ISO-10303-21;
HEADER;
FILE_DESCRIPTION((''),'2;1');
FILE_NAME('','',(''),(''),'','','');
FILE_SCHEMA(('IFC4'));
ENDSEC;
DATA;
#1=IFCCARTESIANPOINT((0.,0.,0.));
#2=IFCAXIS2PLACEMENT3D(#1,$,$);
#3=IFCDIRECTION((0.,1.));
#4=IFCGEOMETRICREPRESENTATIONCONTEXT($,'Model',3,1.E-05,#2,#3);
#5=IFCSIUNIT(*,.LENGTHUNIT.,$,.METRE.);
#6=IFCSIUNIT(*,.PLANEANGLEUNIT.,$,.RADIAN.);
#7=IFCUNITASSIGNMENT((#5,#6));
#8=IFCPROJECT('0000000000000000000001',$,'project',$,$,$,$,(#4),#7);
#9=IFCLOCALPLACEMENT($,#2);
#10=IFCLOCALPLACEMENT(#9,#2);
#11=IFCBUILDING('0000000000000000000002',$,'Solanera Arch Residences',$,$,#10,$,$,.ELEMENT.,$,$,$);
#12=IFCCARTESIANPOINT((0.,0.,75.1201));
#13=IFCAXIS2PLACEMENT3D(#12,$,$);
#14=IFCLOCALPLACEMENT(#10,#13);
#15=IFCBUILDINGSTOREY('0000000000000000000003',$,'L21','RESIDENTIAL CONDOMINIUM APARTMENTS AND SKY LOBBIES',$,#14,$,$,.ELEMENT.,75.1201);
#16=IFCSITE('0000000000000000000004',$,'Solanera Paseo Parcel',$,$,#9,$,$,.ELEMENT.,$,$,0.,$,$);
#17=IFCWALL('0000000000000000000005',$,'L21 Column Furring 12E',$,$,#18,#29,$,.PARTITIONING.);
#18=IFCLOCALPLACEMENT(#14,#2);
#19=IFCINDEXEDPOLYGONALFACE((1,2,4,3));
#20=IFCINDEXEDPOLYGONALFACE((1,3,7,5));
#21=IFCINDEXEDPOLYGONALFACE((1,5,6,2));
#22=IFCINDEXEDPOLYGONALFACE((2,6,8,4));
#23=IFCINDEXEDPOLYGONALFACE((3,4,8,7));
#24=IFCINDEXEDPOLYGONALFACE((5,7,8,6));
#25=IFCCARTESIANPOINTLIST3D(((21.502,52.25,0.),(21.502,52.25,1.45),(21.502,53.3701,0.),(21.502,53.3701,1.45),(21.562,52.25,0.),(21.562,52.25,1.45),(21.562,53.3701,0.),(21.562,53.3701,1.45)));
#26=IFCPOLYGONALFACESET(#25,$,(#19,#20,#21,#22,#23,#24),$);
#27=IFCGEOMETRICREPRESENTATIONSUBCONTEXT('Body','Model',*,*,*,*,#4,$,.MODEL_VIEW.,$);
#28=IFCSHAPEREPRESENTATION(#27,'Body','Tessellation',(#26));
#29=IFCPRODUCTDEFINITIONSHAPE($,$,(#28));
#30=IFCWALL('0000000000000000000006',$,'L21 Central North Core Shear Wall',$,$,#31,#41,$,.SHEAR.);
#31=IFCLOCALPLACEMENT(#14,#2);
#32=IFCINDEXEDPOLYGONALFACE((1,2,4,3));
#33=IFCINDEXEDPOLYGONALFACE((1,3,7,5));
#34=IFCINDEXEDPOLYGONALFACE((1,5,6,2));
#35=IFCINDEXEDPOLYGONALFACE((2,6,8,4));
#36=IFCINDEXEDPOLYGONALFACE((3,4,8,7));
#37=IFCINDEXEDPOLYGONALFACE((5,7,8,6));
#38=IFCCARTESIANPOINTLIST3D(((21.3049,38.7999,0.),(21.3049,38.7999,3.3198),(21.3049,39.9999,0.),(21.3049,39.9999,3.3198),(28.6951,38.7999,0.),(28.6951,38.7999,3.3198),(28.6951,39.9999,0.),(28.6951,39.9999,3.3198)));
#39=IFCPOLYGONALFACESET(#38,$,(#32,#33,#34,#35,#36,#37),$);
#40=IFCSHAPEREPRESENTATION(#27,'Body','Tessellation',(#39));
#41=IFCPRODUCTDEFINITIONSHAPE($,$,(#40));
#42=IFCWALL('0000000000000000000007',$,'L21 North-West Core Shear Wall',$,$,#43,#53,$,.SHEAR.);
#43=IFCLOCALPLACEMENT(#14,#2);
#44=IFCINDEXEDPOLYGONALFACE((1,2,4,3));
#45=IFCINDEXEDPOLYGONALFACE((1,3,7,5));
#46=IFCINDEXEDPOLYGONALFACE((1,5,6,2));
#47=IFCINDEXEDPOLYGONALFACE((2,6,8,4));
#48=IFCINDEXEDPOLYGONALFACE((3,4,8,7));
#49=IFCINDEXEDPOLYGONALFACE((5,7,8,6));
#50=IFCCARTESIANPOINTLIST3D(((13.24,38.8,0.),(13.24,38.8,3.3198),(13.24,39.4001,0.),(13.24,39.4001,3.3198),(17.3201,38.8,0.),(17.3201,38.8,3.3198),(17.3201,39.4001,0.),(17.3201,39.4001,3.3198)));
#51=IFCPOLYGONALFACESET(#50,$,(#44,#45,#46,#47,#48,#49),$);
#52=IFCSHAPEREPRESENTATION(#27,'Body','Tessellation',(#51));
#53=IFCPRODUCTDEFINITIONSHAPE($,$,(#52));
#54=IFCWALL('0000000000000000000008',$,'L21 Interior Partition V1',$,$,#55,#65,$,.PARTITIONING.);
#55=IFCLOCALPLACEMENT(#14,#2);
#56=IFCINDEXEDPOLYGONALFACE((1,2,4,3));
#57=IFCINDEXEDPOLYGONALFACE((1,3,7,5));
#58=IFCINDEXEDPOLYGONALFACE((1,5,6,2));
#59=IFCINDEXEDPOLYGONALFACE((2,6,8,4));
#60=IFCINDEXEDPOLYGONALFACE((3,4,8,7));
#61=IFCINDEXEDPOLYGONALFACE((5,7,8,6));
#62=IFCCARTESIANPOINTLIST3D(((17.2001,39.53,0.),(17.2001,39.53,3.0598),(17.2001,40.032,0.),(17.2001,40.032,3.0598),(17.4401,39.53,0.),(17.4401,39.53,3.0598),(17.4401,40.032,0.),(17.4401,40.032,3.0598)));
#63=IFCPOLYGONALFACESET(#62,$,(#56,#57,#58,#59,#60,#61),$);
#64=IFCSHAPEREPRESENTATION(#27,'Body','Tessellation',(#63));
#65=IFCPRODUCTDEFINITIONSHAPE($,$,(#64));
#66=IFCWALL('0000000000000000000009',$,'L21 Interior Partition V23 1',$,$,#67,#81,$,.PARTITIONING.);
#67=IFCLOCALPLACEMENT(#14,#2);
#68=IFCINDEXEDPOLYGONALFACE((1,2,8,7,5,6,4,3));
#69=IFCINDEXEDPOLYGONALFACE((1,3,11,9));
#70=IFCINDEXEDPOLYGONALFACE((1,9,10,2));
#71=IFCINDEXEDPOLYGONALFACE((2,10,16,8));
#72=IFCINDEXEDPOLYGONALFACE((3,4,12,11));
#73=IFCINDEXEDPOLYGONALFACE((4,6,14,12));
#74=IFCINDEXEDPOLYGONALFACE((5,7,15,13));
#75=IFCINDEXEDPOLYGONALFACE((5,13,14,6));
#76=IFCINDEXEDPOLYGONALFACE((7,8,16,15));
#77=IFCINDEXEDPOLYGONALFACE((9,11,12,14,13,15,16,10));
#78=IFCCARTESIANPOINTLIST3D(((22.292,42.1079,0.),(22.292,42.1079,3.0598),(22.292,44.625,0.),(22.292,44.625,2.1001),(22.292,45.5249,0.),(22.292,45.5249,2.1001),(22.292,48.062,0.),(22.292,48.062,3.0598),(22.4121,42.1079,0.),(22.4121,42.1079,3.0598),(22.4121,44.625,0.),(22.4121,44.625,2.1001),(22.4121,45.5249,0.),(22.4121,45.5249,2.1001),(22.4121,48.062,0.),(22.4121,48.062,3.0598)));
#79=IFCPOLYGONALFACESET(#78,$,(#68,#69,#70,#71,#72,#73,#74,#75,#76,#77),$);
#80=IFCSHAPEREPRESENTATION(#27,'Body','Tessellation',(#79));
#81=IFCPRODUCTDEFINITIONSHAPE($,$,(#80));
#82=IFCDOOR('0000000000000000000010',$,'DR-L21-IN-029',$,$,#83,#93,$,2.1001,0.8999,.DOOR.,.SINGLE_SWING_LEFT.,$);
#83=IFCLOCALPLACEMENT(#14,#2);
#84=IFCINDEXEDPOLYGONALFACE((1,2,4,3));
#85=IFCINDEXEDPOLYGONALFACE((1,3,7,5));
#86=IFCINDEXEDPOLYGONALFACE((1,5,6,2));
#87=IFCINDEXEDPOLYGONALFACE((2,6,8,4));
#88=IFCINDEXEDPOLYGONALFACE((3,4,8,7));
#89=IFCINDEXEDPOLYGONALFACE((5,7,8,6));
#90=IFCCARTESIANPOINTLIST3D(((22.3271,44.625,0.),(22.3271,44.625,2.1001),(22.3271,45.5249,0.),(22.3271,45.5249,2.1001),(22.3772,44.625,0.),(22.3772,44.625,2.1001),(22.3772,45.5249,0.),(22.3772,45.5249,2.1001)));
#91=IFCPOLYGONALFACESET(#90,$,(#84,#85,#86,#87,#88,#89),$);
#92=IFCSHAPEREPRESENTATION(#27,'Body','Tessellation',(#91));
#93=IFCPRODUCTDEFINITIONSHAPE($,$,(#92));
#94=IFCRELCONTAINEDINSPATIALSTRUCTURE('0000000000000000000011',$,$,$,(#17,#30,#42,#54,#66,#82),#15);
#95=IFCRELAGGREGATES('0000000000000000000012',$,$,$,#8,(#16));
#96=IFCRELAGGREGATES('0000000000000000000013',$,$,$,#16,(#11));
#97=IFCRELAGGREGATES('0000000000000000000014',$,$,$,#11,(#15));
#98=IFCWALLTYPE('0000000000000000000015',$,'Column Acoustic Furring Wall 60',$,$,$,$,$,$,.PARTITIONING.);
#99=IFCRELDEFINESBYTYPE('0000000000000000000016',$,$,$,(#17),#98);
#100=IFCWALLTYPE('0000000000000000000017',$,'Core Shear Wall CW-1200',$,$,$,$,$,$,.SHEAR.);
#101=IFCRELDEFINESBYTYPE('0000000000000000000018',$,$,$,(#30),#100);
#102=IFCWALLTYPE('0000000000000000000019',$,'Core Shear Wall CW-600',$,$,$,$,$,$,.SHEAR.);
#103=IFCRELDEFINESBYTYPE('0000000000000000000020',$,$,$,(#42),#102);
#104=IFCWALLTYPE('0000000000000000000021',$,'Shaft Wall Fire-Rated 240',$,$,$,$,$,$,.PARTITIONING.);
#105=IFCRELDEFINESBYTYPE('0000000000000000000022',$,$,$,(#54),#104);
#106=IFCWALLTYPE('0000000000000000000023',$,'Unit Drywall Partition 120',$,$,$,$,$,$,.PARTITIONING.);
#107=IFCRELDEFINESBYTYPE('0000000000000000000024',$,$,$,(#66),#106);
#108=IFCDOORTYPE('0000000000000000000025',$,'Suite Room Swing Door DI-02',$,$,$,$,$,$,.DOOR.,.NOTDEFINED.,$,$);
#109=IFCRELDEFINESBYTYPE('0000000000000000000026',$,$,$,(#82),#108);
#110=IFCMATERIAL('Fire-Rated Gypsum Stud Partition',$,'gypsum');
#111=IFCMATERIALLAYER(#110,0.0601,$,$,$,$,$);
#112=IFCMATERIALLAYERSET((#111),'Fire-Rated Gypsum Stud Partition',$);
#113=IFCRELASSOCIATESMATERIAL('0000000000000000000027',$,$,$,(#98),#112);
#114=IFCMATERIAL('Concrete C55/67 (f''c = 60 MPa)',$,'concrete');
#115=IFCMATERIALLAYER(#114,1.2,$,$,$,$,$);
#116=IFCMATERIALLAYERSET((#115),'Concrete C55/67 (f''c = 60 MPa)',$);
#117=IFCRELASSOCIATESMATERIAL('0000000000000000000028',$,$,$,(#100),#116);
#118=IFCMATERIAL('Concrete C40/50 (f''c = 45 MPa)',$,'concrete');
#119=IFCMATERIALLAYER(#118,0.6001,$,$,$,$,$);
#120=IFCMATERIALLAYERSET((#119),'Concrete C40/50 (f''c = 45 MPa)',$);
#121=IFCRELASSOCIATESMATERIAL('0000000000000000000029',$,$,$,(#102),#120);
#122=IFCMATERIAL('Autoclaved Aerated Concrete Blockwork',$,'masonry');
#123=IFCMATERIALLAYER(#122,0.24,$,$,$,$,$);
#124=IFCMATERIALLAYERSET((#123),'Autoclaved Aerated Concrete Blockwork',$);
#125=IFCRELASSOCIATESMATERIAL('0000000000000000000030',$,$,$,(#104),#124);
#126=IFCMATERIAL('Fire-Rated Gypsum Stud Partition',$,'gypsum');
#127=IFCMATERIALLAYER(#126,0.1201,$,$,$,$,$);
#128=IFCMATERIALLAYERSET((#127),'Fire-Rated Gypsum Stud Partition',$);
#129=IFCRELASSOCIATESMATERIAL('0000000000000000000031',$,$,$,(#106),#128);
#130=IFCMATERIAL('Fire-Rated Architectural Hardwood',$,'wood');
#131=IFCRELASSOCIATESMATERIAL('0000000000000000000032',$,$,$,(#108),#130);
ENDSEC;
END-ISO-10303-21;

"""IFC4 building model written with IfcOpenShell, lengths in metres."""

from ifc_helpers import new_model, si_unit, direction, frame, frame_2d, origin, place, context, subcontext, project, spatial, rectangle, extrude, material, layer, layer_set, type_object, element, fill, save


model = new_model("IFC4")

# Units and contexts
model_context = context("Model", 3, precision=1e-05, world=origin(), true_north=direction((0.0, 1.0)))
body_context = subcontext(model_context, "Body", "Model", "MODEL_VIEW")
ifc_project = project(units=[si_unit("LENGTHUNIT", "METRE"), si_unit("PLANEANGLEUNIT", "RADIAN")], contexts=[model_context])

# Site, building, storey
site_placement = place(None, origin())
site = spatial("IfcSite", under=ifc_project, at=site_placement, Name="Solanera Paseo Parcel", CompositionType="ELEMENT", RefElevation=0.0)
building_placement = place(site_placement, origin())
building = spatial("IfcBuilding", under=site, at=building_placement, Name="Solanera Arch Residences", CompositionType="ELEMENT")
storey_placement = place(building_placement, frame((0.0, 0.0, 75.1201)))
storey = spatial("IfcBuildingStorey", under=building, at=storey_placement, Name="L21", Description="RESIDENTIAL CONDOMINIUM APARTMENTS AND SKY LOBBIES", CompositionType="ELEMENT", Elevation=75.1201)

# Walls
ifc_material_1 = material(Name="Fire-Rated Gypsum Stud Partition", Category="gypsum")
ifc_layer_1 = layer(ifc_material_1, 0.0601)
ifc_layer_set_1 = layer_set([ifc_layer_1], Name="Fire-Rated Gypsum Stud Partition")
wall_type_1 = type_object("IfcWallType", Name="Column Acoustic Furring Wall 60", PredefinedType="PARTITIONING", material=ifc_layer_set_1)
for number, where, z_axis, x_axis, name in (
    (1, (21.532, 52.25, 0.0), (0.0, 0.0, 1.0), (0.0, 1.0, 0.0), "L21 Column Furring 12E"),
):
    element("IfcWall", number, at=place(storey_placement, frame(where, z_axis=z_axis, x_axis=x_axis)), inside=storey, type_object=wall_type_1, Name=name, PredefinedType="PARTITIONING", context=body_context, shape_type="SweptSolid", body=[
        extrude(rectangle(XDim=1.1201, YDim=0.0601, at=frame_2d((0.5601, 0.0))), origin(), (0.0, 0.0, 1.0), 1.45),
    ])
ifc_material_2 = material(Name="Concrete C55/67 (f'c = 60 MPa)", Category="concrete")
ifc_layer_2 = layer(ifc_material_2, 1.2)
ifc_layer_set_2 = layer_set([ifc_layer_2], Name="Concrete C55/67 (f'c = 60 MPa)")
wall_type_2 = type_object("IfcWallType", Name="Core Shear Wall CW-1200", PredefinedType="SHEAR", material=ifc_layer_set_2)
wall_1_placement = place(storey_placement, frame((21.3049, 39.3999, 0.0), z_axis=(0.0, 0.0, 1.0), x_axis=(1.0, 0.0, 0.0)))
element("IfcWall", 2, at=wall_1_placement, inside=storey, type_object=wall_type_2, Name="L21 Central North Core Shear Wall", PredefinedType="SHEAR", context=body_context, shape_type="SweptSolid", body=[
    extrude(rectangle(XDim=7.3901, YDim=1.2, at=frame_2d((3.6951, 0.0))), origin(), (0.0, 0.0, 1.0), 3.3198),
])
ifc_material_3 = material(Name="Concrete C40/50 (f'c = 45 MPa)", Category="concrete")
ifc_layer_3 = layer(ifc_material_3, 0.6001)
ifc_layer_set_3 = layer_set([ifc_layer_3], Name="Concrete C40/50 (f'c = 45 MPa)")
wall_type_3 = type_object("IfcWallType", Name="Core Shear Wall CW-600", PredefinedType="SHEAR", material=ifc_layer_set_3)
wall_2_placement = place(storey_placement, frame((13.24, 39.1001, 0.0), z_axis=(0.0, 0.0, 1.0), x_axis=(1.0, 0.0, 0.0)))
element("IfcWall", 3, at=wall_2_placement, inside=storey, type_object=wall_type_3, Name="L21 North-West Core Shear Wall", PredefinedType="SHEAR", context=body_context, shape_type="SweptSolid", body=[
    extrude(rectangle(XDim=4.0801, YDim=0.6001, at=frame_2d((2.04, 0.0))), origin(), (0.0, 0.0, 1.0), 3.3198),
])
ifc_material_4 = material(Name="Autoclaved Aerated Concrete Blockwork", Category="masonry")
ifc_layer_4 = layer(ifc_material_4, 0.24)
ifc_layer_set_4 = layer_set([ifc_layer_4], Name="Autoclaved Aerated Concrete Blockwork")
wall_type_4 = type_object("IfcWallType", Name="Shaft Wall Fire-Rated 240", PredefinedType="PARTITIONING", material=ifc_layer_set_4)
wall_3_placement = place(storey_placement, frame((17.3201, 39.53, 0.0), z_axis=(0.0, 0.0, 1.0), x_axis=(0.0, 1.0, 0.0)))
element("IfcWall", 4, at=wall_3_placement, inside=storey, type_object=wall_type_4, Name="L21 Interior Partition V1", PredefinedType="PARTITIONING", context=body_context, shape_type="SweptSolid", body=[
    extrude(rectangle(XDim=0.502, YDim=0.24, at=frame_2d((0.251, 0.0))), origin(), (0.0, 0.0, 1.0), 3.0598),
])

# Wall, opening, door
ifc_material_5 = material(Name="Fire-Rated Gypsum Stud Partition", Category="gypsum")
ifc_layer_5 = layer(ifc_material_5, 0.1201)
ifc_layer_set_5 = layer_set([ifc_layer_5], Name="Fire-Rated Gypsum Stud Partition")
wall_type_5 = type_object("IfcWallType", Name="Unit Drywall Partition 120", PredefinedType="PARTITIONING", material=ifc_layer_set_5)
wall_4_placement = place(storey_placement, frame((22.3521, 42.1079, 0.0), z_axis=(0.0, 0.0, 1.0), x_axis=(0.0, 1.0, 0.0)))
wall_4 = element("IfcWall", 5, at=wall_4_placement, inside=storey, type_object=wall_type_5, Name="L21 Interior Partition V23 1", PredefinedType="PARTITIONING", context=body_context, shape_type="SweptSolid", body=[
    extrude(rectangle(XDim=5.9541, YDim=0.1201, at=frame_2d((2.9771, 0.0))), origin(), (0.0, 0.0, 1.0), 3.0598),
])
opening_placement = place(wall_4_placement, frame((2.5171, 0.0, 0.0)))
opening = element("IfcOpeningElement", 6, at=opening_placement, cuts=wall_4, PredefinedType="OPENING", context=body_context, shape_type="SweptSolid", body=[
    extrude(rectangle(XDim=0.8999, YDim=2.1001, at=frame_2d((0.45, 1.05))), frame((0.0, 0.0701, 0.0), z_axis=(0.0, -1.0, 0.0), x_axis=(1.0, 0.0, 0.0)), (0.0, 0.0, 1.0), 0.1401),
])
ifc_material_6 = material(Name="Fire-Rated Architectural Hardwood", Category="wood")
door_type = type_object("IfcDoorType", Name="Suite Room Swing Door DI-02", OperationType="NOTDEFINED", PredefinedType="DOOR", material=ifc_material_6)
door_placement = place(opening_placement, origin())
door = element("IfcDoor", 7, at=door_placement, inside=storey, type_object=door_type, Name="DR-L21-IN-029", OperationType="SINGLE_SWING_LEFT", OverallHeight=2.1001, OverallWidth=0.8999, PredefinedType="DOOR", context=body_context, shape_type="SweptSolid", body=[
    extrude(rectangle(XDim=0.8999, YDim=2.1001, at=frame_2d((0.45, 1.05))), frame((0.0, 0.0249, 0.0), z_axis=(0.0, -1.0, 0.0), x_axis=(1.0, 0.0, 0.0)), (0.0, 0.0, 1.0), 0.05),
])
fill(opening, door)

save(model, "model.ifc")
